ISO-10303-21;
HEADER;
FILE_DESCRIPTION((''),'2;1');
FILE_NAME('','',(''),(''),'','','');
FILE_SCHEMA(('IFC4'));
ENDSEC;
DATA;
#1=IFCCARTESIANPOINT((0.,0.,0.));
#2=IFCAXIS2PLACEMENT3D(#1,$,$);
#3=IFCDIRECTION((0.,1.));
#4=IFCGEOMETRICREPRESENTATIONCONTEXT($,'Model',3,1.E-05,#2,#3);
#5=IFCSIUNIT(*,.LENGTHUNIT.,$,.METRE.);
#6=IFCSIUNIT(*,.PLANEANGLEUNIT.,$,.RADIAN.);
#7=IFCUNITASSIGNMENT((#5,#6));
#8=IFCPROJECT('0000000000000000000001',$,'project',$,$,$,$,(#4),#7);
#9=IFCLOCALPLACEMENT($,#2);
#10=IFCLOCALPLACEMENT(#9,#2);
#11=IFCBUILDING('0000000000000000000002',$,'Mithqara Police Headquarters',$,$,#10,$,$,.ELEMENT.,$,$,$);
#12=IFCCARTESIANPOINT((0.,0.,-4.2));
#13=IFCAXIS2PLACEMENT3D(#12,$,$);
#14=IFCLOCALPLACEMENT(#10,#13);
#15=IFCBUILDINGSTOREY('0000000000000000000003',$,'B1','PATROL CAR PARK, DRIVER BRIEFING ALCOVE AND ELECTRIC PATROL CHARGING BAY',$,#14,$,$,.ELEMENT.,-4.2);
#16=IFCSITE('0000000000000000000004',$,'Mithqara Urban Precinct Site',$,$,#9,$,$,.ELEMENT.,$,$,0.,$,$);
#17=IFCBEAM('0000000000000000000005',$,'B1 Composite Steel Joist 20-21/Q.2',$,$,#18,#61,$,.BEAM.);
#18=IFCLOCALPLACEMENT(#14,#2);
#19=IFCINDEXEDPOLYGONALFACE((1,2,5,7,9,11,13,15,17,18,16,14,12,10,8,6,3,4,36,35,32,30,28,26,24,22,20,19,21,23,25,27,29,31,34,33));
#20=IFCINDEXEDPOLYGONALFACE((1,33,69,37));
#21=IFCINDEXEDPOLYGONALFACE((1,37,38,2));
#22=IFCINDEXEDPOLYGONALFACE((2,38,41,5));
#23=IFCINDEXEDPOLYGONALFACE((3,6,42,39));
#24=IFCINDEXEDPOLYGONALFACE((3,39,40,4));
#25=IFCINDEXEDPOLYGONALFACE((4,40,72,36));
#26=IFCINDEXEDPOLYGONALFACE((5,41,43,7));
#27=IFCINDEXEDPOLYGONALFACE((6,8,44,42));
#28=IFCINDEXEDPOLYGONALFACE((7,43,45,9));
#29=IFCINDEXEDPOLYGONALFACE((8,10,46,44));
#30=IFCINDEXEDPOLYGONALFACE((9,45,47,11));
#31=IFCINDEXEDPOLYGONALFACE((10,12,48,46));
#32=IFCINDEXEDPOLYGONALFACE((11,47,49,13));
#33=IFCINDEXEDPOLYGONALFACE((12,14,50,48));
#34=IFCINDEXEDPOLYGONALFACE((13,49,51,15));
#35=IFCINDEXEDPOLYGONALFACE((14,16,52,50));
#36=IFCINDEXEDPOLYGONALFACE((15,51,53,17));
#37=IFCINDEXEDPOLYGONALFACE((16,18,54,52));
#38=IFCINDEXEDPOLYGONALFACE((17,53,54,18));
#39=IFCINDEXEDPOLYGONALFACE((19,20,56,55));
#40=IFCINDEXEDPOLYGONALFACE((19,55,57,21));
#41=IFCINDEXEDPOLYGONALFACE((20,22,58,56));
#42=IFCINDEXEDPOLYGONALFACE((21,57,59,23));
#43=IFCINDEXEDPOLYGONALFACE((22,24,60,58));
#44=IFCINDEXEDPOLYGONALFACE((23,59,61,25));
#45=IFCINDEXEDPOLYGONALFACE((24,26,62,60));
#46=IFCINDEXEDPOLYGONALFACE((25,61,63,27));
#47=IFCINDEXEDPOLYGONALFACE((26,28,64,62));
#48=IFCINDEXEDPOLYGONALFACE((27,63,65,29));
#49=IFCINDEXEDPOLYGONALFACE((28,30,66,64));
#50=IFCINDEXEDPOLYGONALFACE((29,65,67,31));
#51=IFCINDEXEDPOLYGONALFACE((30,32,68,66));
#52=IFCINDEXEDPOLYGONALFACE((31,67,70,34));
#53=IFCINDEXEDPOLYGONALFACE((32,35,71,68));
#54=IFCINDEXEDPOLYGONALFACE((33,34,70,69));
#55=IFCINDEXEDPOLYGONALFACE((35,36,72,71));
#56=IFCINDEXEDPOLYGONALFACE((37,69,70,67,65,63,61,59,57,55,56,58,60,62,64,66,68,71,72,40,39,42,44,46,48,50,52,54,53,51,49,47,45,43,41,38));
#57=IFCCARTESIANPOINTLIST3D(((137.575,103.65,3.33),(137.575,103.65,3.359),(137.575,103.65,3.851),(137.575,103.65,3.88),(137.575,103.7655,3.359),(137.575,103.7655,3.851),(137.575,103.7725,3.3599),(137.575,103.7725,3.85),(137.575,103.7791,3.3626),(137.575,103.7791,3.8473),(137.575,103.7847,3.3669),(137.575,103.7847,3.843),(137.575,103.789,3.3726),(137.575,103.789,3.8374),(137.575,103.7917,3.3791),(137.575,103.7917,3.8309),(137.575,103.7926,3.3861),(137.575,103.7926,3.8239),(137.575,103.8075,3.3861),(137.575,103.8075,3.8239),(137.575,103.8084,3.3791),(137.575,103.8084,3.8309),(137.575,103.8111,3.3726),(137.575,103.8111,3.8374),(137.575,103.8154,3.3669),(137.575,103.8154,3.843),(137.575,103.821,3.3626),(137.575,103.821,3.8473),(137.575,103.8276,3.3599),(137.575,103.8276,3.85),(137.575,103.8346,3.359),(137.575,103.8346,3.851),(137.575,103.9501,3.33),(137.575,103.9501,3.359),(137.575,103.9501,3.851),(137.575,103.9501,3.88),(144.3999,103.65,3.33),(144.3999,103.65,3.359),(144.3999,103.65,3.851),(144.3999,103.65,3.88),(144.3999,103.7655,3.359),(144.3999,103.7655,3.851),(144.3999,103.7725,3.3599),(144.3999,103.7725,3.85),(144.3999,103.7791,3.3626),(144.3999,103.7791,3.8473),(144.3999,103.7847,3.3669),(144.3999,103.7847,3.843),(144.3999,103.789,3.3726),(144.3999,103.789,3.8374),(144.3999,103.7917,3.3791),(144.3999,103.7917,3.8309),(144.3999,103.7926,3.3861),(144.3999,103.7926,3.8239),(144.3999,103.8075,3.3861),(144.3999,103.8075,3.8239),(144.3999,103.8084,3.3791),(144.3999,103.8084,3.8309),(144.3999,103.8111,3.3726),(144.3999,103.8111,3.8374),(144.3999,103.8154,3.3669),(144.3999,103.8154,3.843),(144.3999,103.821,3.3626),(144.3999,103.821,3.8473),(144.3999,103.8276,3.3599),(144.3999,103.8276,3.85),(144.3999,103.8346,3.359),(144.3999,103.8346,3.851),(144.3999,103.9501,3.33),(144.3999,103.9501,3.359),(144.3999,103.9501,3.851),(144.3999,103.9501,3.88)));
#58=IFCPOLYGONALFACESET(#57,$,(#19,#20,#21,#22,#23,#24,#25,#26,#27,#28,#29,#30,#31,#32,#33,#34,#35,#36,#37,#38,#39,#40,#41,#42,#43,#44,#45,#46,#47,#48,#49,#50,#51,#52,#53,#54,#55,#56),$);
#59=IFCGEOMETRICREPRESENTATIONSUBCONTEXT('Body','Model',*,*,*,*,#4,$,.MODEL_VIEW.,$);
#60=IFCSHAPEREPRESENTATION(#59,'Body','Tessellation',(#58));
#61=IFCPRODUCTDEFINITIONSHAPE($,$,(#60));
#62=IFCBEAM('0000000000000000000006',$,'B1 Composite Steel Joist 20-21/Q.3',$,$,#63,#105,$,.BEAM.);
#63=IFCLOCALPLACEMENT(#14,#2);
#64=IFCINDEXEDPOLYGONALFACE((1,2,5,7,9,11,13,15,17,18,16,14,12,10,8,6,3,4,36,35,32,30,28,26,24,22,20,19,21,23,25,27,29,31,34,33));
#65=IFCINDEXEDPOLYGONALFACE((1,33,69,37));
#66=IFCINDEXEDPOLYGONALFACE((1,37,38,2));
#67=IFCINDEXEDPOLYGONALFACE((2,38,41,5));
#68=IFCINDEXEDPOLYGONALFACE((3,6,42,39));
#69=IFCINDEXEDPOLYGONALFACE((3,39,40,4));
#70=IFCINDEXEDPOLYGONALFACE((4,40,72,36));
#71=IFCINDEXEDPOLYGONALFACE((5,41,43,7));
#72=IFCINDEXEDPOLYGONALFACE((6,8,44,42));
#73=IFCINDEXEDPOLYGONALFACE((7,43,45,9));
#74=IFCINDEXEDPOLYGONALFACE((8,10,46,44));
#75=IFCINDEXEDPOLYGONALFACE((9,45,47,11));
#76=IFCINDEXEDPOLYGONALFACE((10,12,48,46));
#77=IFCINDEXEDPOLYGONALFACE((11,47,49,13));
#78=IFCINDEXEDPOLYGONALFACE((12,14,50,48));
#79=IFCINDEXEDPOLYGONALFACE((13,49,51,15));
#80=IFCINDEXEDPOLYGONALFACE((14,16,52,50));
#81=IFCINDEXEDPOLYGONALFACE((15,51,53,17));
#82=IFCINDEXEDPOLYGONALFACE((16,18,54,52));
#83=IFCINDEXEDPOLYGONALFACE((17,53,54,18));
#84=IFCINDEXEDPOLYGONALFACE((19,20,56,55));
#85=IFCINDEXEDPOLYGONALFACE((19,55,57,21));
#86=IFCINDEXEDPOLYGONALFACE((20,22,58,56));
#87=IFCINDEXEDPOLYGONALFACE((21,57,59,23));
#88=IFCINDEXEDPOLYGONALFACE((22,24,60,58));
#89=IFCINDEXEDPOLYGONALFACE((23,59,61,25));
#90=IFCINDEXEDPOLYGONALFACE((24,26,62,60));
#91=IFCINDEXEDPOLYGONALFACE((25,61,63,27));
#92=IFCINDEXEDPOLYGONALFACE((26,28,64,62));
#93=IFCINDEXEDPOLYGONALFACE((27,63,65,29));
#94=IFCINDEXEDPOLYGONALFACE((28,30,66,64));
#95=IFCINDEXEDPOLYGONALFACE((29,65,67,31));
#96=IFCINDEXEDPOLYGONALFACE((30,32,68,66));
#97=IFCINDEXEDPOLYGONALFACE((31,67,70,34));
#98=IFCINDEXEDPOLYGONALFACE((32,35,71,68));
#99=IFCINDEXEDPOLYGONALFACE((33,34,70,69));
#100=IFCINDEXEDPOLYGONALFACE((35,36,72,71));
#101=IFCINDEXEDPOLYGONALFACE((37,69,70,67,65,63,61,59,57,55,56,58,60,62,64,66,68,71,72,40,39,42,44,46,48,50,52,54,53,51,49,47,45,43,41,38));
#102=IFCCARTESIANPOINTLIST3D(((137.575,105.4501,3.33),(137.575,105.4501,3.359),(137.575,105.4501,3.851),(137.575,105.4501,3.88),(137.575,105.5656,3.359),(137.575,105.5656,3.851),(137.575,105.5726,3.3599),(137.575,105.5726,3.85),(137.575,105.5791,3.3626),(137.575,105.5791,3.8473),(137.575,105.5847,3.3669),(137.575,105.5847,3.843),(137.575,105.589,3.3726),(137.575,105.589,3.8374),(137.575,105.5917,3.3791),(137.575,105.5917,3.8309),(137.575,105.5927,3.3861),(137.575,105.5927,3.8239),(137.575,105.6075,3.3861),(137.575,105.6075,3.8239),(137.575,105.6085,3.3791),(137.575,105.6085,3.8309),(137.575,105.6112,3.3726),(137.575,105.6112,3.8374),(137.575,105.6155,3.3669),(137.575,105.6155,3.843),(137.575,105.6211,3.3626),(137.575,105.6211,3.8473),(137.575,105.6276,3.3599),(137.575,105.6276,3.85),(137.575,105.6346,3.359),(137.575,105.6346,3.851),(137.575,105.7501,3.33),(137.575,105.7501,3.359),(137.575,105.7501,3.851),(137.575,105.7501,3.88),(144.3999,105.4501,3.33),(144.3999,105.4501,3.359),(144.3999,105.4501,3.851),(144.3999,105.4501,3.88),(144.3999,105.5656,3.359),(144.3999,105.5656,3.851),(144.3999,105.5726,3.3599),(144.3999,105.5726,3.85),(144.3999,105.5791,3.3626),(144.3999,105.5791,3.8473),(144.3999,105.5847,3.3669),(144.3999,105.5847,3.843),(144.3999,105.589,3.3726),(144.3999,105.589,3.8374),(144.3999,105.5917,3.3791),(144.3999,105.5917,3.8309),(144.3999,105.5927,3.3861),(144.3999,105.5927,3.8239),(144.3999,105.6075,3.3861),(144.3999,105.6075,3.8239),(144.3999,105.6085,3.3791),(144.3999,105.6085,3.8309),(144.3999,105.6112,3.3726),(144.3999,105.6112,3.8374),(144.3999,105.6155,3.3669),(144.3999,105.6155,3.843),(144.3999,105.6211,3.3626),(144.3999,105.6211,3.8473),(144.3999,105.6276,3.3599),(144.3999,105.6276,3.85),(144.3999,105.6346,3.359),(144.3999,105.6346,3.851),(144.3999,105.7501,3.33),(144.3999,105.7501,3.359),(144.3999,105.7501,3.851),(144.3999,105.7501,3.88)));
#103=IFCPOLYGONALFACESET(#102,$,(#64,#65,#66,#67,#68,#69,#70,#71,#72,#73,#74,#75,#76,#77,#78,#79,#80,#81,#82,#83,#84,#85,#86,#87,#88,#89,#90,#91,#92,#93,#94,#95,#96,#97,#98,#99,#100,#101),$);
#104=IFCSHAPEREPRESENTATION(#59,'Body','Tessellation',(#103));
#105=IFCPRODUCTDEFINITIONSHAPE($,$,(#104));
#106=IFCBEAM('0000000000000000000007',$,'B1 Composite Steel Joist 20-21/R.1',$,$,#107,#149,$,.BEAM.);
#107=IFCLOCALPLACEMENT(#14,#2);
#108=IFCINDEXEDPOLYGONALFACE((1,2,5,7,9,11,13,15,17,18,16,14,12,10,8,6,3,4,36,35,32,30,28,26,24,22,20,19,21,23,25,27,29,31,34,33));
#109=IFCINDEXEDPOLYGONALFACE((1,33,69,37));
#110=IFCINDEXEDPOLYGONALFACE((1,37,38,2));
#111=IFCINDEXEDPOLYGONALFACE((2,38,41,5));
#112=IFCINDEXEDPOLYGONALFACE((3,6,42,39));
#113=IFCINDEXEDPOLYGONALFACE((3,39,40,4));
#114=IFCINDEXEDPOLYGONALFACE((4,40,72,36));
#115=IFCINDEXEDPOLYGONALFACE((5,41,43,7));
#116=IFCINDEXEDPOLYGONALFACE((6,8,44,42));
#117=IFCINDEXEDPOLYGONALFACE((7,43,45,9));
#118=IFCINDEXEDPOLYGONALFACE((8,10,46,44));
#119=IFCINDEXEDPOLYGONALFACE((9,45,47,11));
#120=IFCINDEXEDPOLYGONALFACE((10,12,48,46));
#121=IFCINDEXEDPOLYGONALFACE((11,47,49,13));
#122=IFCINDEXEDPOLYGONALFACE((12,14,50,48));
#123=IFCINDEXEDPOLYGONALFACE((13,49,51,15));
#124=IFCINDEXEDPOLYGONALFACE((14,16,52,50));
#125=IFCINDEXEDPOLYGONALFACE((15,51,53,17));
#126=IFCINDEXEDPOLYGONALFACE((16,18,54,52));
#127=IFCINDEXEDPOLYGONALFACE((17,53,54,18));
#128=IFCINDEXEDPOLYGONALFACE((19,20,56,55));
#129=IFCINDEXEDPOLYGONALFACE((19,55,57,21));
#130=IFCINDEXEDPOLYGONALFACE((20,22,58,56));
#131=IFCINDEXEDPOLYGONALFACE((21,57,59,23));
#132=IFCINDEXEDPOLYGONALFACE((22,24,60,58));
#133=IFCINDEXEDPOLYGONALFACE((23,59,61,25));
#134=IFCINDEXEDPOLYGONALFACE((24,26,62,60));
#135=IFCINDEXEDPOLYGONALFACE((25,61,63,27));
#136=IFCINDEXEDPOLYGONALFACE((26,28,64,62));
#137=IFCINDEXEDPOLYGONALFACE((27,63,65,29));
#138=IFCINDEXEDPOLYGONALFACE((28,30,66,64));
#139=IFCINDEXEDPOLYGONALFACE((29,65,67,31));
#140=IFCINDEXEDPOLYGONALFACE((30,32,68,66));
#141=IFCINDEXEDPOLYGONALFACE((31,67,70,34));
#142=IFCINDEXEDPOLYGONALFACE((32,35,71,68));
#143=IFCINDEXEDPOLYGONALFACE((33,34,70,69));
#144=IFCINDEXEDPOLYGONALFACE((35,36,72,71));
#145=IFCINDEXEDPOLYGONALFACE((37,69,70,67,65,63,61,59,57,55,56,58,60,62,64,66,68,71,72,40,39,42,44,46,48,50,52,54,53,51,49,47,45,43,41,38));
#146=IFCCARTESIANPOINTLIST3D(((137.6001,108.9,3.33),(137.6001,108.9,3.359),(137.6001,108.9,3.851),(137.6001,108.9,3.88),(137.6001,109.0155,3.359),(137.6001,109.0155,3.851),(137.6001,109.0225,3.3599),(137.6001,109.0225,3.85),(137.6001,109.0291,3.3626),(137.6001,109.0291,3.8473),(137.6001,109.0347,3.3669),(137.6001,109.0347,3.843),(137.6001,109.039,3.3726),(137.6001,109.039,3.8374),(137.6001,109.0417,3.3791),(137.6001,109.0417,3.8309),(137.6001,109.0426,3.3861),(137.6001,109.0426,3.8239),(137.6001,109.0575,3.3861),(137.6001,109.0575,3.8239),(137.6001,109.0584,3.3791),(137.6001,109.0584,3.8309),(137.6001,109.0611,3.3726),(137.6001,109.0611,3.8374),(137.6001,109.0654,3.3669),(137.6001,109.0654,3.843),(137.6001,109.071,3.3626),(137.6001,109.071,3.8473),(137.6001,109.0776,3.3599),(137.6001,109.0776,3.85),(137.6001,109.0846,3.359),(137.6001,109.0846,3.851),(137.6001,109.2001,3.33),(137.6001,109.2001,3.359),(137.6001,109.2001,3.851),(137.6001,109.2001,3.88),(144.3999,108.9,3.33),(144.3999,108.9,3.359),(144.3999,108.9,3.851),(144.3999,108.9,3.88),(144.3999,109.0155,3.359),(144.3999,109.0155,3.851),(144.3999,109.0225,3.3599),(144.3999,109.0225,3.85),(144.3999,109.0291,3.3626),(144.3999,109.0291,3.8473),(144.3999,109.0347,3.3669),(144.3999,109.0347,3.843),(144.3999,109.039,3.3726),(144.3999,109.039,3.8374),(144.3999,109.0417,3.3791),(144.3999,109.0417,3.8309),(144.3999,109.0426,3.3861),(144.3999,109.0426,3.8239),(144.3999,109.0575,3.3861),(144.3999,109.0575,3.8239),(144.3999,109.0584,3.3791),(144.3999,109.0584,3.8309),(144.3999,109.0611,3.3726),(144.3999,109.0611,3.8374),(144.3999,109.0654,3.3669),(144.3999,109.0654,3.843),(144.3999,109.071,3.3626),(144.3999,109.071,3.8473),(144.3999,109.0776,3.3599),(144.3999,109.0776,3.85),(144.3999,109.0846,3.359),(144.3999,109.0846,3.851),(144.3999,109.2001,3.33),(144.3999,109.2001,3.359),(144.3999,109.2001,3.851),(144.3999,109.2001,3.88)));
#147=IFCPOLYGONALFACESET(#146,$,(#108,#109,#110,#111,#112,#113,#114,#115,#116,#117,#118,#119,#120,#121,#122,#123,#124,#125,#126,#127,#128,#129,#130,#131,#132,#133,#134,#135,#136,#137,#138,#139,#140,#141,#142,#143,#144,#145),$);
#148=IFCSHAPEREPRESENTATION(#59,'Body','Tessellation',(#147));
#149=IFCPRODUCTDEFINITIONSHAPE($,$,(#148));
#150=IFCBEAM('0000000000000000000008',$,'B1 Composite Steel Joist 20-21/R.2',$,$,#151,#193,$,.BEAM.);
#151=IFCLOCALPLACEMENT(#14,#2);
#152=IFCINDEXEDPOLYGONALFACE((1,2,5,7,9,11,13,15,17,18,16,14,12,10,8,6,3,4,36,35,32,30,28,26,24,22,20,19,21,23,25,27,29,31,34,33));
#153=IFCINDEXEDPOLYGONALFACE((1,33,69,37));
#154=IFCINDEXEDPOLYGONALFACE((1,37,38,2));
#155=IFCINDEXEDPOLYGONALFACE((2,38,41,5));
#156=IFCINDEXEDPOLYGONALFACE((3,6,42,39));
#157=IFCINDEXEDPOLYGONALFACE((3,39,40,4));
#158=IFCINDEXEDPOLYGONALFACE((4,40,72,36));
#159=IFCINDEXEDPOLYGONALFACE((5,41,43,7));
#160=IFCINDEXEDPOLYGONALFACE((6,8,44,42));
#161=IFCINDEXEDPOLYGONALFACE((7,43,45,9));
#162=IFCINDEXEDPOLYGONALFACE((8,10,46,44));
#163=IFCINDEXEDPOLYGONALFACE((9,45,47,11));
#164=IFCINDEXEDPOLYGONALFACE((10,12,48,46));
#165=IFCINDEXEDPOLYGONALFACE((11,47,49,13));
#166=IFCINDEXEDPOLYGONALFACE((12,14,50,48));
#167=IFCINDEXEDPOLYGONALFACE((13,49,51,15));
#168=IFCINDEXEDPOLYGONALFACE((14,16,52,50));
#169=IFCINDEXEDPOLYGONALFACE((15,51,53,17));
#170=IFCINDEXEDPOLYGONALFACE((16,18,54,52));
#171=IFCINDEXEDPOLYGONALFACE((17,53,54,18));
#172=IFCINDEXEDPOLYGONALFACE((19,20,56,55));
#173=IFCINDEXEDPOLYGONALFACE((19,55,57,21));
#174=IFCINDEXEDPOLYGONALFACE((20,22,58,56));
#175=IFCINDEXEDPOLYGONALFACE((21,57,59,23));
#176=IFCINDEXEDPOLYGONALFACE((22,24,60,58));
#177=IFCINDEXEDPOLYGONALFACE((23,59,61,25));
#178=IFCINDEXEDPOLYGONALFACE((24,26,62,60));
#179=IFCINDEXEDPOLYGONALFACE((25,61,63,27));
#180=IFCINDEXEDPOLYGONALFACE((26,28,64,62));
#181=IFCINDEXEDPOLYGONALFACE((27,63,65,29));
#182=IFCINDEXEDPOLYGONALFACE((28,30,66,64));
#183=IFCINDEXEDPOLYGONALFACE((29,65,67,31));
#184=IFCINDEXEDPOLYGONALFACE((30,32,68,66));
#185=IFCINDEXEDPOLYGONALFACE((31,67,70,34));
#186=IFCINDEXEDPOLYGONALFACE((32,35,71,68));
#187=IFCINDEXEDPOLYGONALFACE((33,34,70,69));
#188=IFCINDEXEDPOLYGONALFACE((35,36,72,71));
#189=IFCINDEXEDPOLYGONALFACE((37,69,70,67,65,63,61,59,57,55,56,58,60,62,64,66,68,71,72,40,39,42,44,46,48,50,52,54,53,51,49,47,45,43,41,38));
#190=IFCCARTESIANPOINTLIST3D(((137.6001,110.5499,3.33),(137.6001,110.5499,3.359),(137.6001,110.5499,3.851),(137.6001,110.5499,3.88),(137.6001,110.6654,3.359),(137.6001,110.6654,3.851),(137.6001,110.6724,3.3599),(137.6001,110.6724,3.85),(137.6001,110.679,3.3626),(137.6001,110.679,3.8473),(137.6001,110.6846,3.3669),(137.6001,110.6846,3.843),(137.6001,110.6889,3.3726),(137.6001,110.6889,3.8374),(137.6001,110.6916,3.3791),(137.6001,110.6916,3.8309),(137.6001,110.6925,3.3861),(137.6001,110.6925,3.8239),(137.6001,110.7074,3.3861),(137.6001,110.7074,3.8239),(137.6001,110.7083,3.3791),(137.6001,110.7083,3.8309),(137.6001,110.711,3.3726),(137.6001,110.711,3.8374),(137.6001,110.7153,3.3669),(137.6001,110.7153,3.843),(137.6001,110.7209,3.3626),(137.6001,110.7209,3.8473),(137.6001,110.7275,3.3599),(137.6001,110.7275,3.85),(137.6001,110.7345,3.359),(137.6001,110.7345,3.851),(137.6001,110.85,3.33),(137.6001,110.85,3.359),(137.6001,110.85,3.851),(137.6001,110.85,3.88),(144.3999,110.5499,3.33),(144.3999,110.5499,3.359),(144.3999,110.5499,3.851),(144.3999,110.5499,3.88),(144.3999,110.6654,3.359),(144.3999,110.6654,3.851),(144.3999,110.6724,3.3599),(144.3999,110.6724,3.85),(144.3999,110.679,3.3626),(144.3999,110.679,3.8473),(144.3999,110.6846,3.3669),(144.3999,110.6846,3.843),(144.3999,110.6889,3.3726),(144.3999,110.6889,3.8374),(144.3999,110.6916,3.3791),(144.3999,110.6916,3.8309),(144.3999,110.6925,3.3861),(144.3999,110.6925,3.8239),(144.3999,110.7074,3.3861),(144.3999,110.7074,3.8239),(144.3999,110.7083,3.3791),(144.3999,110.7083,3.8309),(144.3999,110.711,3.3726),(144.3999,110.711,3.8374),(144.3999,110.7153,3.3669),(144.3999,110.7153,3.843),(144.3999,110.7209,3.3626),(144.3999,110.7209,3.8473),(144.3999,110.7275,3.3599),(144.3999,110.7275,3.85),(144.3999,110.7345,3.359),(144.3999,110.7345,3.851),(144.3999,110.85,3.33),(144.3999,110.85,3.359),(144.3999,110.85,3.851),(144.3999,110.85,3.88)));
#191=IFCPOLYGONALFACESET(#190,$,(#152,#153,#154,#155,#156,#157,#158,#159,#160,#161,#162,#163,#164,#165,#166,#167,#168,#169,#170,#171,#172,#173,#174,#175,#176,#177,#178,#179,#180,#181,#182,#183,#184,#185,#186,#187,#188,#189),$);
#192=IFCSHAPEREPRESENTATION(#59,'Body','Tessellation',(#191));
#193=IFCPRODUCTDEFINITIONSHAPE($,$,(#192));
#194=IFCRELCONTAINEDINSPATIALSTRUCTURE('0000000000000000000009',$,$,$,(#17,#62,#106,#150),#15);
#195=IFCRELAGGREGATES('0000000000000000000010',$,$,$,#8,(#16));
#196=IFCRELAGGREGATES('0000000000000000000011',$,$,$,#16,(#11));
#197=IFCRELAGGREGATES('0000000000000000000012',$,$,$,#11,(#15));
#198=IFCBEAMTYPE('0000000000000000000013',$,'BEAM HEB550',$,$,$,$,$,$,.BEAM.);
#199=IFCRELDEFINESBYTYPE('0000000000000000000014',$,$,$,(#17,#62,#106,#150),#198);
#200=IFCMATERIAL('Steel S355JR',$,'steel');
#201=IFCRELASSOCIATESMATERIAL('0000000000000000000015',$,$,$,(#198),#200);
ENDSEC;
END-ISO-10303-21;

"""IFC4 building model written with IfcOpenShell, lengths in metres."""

from ifc_helpers import new_model, si_unit, direction, frame, origin, origin_2d, place, context, subcontext, project, spatial, i_section, extrude, material, material_profile, profile_set, type_object, element, save


model = new_model("IFC4")

# Units and contexts
model_context = context("Model", 3, precision=1e-05, world=origin(), true_north=direction((0.0, 1.0)))
body_context = subcontext(model_context, "Body", "Model", "MODEL_VIEW")
ifc_project = project(units=[si_unit("LENGTHUNIT", "METRE"), si_unit("PLANEANGLEUNIT", "RADIAN")], contexts=[model_context])

# Site, building, storey
site_placement = place(None, origin())
site = spatial("IfcSite", under=ifc_project, at=site_placement, Name="Mithqara Urban Precinct Site", CompositionType="ELEMENT", RefElevation=0.0)
building_placement = place(site_placement, origin())
building = spatial("IfcBuilding", under=site, at=building_placement, Name="Mithqara Police Headquarters", CompositionType="ELEMENT")
storey_placement = place(building_placement, frame((0.0, 0.0, -4.2)))
storey = spatial("IfcBuildingStorey", under=building, at=storey_placement, Name="B1", Description="PATROL CAR PARK, DRIVER BRIEFING ALCOVE AND ELECTRIC PATROL CHARGING BAY", CompositionType="ELEMENT", Elevation=-4.2)

# Beams
ifc_material_1 = material(Name="Steel S355JR", Category="steel")
ifc_material_profile_1 = material_profile(ifc_material_1, i_section(OverallWidth=0.3, OverallDepth=0.55, WebThickness=0.0149, FlangeThickness=0.0291, FilletRadius=0.0271, at=origin_2d()), Name="HEB 550")
ifc_profile_set_1 = profile_set([ifc_material_profile_1], Name="Steel S355JR")
beam_type_1 = type_object("IfcBeamType", Name="BEAM HEB550", PredefinedType="BEAM", material=ifc_profile_set_1)
for number, where, z_axis, x_axis, name in (
    (1, (137.575, 103.8, 3.605), (1.0, 0.0, 0.0), (0.0, 1.0, 0.0), "B1 Composite Steel Joist 20-21/Q.2"),
    (2, (137.575, 105.6001, 3.605), (1.0, 0.0, 0.0), (0.0, 1.0, 0.0), "B1 Composite Steel Joist 20-21/Q.3"),
):
    element("IfcBeam", number, at=place(storey_placement, frame(where, z_axis=z_axis, x_axis=x_axis)), inside=storey, type_object=beam_type_1, Name=name, PredefinedType="BEAM", context=body_context, shape_type="SweptSolid", body=[
        extrude(i_section(OverallWidth=0.3, OverallDepth=0.55, WebThickness=0.0149, FlangeThickness=0.0291, FilletRadius=0.0271, at=origin_2d()), origin(), (0.0, 0.0, 1.0), 6.825),
    ])
for number, where, z_axis, x_axis, name in (
    (3, (137.6001, 109.05, 3.605), (1.0, 0.0, 0.0), (0.0, 1.0, 0.0), "B1 Composite Steel Joist 20-21/R.1"),
    (4, (137.6001, 110.7, 3.605), (1.0, 0.0, 0.0), (0.0, 1.0, 0.0), "B1 Composite Steel Joist 20-21/R.2"),
):
    element("IfcBeam", number, at=place(storey_placement, frame(where, z_axis=z_axis, x_axis=x_axis)), inside=storey, type_object=beam_type_1, Name=name, PredefinedType="BEAM", context=body_context, shape_type="SweptSolid", body=[
        extrude(i_section(OverallWidth=0.3, OverallDepth=0.55, WebThickness=0.0149, FlangeThickness=0.0291, FilletRadius=0.0271, at=origin_2d()), origin(), (0.0, 0.0, 1.0), 6.7998),
    ])

save(model, "model.ifc")
